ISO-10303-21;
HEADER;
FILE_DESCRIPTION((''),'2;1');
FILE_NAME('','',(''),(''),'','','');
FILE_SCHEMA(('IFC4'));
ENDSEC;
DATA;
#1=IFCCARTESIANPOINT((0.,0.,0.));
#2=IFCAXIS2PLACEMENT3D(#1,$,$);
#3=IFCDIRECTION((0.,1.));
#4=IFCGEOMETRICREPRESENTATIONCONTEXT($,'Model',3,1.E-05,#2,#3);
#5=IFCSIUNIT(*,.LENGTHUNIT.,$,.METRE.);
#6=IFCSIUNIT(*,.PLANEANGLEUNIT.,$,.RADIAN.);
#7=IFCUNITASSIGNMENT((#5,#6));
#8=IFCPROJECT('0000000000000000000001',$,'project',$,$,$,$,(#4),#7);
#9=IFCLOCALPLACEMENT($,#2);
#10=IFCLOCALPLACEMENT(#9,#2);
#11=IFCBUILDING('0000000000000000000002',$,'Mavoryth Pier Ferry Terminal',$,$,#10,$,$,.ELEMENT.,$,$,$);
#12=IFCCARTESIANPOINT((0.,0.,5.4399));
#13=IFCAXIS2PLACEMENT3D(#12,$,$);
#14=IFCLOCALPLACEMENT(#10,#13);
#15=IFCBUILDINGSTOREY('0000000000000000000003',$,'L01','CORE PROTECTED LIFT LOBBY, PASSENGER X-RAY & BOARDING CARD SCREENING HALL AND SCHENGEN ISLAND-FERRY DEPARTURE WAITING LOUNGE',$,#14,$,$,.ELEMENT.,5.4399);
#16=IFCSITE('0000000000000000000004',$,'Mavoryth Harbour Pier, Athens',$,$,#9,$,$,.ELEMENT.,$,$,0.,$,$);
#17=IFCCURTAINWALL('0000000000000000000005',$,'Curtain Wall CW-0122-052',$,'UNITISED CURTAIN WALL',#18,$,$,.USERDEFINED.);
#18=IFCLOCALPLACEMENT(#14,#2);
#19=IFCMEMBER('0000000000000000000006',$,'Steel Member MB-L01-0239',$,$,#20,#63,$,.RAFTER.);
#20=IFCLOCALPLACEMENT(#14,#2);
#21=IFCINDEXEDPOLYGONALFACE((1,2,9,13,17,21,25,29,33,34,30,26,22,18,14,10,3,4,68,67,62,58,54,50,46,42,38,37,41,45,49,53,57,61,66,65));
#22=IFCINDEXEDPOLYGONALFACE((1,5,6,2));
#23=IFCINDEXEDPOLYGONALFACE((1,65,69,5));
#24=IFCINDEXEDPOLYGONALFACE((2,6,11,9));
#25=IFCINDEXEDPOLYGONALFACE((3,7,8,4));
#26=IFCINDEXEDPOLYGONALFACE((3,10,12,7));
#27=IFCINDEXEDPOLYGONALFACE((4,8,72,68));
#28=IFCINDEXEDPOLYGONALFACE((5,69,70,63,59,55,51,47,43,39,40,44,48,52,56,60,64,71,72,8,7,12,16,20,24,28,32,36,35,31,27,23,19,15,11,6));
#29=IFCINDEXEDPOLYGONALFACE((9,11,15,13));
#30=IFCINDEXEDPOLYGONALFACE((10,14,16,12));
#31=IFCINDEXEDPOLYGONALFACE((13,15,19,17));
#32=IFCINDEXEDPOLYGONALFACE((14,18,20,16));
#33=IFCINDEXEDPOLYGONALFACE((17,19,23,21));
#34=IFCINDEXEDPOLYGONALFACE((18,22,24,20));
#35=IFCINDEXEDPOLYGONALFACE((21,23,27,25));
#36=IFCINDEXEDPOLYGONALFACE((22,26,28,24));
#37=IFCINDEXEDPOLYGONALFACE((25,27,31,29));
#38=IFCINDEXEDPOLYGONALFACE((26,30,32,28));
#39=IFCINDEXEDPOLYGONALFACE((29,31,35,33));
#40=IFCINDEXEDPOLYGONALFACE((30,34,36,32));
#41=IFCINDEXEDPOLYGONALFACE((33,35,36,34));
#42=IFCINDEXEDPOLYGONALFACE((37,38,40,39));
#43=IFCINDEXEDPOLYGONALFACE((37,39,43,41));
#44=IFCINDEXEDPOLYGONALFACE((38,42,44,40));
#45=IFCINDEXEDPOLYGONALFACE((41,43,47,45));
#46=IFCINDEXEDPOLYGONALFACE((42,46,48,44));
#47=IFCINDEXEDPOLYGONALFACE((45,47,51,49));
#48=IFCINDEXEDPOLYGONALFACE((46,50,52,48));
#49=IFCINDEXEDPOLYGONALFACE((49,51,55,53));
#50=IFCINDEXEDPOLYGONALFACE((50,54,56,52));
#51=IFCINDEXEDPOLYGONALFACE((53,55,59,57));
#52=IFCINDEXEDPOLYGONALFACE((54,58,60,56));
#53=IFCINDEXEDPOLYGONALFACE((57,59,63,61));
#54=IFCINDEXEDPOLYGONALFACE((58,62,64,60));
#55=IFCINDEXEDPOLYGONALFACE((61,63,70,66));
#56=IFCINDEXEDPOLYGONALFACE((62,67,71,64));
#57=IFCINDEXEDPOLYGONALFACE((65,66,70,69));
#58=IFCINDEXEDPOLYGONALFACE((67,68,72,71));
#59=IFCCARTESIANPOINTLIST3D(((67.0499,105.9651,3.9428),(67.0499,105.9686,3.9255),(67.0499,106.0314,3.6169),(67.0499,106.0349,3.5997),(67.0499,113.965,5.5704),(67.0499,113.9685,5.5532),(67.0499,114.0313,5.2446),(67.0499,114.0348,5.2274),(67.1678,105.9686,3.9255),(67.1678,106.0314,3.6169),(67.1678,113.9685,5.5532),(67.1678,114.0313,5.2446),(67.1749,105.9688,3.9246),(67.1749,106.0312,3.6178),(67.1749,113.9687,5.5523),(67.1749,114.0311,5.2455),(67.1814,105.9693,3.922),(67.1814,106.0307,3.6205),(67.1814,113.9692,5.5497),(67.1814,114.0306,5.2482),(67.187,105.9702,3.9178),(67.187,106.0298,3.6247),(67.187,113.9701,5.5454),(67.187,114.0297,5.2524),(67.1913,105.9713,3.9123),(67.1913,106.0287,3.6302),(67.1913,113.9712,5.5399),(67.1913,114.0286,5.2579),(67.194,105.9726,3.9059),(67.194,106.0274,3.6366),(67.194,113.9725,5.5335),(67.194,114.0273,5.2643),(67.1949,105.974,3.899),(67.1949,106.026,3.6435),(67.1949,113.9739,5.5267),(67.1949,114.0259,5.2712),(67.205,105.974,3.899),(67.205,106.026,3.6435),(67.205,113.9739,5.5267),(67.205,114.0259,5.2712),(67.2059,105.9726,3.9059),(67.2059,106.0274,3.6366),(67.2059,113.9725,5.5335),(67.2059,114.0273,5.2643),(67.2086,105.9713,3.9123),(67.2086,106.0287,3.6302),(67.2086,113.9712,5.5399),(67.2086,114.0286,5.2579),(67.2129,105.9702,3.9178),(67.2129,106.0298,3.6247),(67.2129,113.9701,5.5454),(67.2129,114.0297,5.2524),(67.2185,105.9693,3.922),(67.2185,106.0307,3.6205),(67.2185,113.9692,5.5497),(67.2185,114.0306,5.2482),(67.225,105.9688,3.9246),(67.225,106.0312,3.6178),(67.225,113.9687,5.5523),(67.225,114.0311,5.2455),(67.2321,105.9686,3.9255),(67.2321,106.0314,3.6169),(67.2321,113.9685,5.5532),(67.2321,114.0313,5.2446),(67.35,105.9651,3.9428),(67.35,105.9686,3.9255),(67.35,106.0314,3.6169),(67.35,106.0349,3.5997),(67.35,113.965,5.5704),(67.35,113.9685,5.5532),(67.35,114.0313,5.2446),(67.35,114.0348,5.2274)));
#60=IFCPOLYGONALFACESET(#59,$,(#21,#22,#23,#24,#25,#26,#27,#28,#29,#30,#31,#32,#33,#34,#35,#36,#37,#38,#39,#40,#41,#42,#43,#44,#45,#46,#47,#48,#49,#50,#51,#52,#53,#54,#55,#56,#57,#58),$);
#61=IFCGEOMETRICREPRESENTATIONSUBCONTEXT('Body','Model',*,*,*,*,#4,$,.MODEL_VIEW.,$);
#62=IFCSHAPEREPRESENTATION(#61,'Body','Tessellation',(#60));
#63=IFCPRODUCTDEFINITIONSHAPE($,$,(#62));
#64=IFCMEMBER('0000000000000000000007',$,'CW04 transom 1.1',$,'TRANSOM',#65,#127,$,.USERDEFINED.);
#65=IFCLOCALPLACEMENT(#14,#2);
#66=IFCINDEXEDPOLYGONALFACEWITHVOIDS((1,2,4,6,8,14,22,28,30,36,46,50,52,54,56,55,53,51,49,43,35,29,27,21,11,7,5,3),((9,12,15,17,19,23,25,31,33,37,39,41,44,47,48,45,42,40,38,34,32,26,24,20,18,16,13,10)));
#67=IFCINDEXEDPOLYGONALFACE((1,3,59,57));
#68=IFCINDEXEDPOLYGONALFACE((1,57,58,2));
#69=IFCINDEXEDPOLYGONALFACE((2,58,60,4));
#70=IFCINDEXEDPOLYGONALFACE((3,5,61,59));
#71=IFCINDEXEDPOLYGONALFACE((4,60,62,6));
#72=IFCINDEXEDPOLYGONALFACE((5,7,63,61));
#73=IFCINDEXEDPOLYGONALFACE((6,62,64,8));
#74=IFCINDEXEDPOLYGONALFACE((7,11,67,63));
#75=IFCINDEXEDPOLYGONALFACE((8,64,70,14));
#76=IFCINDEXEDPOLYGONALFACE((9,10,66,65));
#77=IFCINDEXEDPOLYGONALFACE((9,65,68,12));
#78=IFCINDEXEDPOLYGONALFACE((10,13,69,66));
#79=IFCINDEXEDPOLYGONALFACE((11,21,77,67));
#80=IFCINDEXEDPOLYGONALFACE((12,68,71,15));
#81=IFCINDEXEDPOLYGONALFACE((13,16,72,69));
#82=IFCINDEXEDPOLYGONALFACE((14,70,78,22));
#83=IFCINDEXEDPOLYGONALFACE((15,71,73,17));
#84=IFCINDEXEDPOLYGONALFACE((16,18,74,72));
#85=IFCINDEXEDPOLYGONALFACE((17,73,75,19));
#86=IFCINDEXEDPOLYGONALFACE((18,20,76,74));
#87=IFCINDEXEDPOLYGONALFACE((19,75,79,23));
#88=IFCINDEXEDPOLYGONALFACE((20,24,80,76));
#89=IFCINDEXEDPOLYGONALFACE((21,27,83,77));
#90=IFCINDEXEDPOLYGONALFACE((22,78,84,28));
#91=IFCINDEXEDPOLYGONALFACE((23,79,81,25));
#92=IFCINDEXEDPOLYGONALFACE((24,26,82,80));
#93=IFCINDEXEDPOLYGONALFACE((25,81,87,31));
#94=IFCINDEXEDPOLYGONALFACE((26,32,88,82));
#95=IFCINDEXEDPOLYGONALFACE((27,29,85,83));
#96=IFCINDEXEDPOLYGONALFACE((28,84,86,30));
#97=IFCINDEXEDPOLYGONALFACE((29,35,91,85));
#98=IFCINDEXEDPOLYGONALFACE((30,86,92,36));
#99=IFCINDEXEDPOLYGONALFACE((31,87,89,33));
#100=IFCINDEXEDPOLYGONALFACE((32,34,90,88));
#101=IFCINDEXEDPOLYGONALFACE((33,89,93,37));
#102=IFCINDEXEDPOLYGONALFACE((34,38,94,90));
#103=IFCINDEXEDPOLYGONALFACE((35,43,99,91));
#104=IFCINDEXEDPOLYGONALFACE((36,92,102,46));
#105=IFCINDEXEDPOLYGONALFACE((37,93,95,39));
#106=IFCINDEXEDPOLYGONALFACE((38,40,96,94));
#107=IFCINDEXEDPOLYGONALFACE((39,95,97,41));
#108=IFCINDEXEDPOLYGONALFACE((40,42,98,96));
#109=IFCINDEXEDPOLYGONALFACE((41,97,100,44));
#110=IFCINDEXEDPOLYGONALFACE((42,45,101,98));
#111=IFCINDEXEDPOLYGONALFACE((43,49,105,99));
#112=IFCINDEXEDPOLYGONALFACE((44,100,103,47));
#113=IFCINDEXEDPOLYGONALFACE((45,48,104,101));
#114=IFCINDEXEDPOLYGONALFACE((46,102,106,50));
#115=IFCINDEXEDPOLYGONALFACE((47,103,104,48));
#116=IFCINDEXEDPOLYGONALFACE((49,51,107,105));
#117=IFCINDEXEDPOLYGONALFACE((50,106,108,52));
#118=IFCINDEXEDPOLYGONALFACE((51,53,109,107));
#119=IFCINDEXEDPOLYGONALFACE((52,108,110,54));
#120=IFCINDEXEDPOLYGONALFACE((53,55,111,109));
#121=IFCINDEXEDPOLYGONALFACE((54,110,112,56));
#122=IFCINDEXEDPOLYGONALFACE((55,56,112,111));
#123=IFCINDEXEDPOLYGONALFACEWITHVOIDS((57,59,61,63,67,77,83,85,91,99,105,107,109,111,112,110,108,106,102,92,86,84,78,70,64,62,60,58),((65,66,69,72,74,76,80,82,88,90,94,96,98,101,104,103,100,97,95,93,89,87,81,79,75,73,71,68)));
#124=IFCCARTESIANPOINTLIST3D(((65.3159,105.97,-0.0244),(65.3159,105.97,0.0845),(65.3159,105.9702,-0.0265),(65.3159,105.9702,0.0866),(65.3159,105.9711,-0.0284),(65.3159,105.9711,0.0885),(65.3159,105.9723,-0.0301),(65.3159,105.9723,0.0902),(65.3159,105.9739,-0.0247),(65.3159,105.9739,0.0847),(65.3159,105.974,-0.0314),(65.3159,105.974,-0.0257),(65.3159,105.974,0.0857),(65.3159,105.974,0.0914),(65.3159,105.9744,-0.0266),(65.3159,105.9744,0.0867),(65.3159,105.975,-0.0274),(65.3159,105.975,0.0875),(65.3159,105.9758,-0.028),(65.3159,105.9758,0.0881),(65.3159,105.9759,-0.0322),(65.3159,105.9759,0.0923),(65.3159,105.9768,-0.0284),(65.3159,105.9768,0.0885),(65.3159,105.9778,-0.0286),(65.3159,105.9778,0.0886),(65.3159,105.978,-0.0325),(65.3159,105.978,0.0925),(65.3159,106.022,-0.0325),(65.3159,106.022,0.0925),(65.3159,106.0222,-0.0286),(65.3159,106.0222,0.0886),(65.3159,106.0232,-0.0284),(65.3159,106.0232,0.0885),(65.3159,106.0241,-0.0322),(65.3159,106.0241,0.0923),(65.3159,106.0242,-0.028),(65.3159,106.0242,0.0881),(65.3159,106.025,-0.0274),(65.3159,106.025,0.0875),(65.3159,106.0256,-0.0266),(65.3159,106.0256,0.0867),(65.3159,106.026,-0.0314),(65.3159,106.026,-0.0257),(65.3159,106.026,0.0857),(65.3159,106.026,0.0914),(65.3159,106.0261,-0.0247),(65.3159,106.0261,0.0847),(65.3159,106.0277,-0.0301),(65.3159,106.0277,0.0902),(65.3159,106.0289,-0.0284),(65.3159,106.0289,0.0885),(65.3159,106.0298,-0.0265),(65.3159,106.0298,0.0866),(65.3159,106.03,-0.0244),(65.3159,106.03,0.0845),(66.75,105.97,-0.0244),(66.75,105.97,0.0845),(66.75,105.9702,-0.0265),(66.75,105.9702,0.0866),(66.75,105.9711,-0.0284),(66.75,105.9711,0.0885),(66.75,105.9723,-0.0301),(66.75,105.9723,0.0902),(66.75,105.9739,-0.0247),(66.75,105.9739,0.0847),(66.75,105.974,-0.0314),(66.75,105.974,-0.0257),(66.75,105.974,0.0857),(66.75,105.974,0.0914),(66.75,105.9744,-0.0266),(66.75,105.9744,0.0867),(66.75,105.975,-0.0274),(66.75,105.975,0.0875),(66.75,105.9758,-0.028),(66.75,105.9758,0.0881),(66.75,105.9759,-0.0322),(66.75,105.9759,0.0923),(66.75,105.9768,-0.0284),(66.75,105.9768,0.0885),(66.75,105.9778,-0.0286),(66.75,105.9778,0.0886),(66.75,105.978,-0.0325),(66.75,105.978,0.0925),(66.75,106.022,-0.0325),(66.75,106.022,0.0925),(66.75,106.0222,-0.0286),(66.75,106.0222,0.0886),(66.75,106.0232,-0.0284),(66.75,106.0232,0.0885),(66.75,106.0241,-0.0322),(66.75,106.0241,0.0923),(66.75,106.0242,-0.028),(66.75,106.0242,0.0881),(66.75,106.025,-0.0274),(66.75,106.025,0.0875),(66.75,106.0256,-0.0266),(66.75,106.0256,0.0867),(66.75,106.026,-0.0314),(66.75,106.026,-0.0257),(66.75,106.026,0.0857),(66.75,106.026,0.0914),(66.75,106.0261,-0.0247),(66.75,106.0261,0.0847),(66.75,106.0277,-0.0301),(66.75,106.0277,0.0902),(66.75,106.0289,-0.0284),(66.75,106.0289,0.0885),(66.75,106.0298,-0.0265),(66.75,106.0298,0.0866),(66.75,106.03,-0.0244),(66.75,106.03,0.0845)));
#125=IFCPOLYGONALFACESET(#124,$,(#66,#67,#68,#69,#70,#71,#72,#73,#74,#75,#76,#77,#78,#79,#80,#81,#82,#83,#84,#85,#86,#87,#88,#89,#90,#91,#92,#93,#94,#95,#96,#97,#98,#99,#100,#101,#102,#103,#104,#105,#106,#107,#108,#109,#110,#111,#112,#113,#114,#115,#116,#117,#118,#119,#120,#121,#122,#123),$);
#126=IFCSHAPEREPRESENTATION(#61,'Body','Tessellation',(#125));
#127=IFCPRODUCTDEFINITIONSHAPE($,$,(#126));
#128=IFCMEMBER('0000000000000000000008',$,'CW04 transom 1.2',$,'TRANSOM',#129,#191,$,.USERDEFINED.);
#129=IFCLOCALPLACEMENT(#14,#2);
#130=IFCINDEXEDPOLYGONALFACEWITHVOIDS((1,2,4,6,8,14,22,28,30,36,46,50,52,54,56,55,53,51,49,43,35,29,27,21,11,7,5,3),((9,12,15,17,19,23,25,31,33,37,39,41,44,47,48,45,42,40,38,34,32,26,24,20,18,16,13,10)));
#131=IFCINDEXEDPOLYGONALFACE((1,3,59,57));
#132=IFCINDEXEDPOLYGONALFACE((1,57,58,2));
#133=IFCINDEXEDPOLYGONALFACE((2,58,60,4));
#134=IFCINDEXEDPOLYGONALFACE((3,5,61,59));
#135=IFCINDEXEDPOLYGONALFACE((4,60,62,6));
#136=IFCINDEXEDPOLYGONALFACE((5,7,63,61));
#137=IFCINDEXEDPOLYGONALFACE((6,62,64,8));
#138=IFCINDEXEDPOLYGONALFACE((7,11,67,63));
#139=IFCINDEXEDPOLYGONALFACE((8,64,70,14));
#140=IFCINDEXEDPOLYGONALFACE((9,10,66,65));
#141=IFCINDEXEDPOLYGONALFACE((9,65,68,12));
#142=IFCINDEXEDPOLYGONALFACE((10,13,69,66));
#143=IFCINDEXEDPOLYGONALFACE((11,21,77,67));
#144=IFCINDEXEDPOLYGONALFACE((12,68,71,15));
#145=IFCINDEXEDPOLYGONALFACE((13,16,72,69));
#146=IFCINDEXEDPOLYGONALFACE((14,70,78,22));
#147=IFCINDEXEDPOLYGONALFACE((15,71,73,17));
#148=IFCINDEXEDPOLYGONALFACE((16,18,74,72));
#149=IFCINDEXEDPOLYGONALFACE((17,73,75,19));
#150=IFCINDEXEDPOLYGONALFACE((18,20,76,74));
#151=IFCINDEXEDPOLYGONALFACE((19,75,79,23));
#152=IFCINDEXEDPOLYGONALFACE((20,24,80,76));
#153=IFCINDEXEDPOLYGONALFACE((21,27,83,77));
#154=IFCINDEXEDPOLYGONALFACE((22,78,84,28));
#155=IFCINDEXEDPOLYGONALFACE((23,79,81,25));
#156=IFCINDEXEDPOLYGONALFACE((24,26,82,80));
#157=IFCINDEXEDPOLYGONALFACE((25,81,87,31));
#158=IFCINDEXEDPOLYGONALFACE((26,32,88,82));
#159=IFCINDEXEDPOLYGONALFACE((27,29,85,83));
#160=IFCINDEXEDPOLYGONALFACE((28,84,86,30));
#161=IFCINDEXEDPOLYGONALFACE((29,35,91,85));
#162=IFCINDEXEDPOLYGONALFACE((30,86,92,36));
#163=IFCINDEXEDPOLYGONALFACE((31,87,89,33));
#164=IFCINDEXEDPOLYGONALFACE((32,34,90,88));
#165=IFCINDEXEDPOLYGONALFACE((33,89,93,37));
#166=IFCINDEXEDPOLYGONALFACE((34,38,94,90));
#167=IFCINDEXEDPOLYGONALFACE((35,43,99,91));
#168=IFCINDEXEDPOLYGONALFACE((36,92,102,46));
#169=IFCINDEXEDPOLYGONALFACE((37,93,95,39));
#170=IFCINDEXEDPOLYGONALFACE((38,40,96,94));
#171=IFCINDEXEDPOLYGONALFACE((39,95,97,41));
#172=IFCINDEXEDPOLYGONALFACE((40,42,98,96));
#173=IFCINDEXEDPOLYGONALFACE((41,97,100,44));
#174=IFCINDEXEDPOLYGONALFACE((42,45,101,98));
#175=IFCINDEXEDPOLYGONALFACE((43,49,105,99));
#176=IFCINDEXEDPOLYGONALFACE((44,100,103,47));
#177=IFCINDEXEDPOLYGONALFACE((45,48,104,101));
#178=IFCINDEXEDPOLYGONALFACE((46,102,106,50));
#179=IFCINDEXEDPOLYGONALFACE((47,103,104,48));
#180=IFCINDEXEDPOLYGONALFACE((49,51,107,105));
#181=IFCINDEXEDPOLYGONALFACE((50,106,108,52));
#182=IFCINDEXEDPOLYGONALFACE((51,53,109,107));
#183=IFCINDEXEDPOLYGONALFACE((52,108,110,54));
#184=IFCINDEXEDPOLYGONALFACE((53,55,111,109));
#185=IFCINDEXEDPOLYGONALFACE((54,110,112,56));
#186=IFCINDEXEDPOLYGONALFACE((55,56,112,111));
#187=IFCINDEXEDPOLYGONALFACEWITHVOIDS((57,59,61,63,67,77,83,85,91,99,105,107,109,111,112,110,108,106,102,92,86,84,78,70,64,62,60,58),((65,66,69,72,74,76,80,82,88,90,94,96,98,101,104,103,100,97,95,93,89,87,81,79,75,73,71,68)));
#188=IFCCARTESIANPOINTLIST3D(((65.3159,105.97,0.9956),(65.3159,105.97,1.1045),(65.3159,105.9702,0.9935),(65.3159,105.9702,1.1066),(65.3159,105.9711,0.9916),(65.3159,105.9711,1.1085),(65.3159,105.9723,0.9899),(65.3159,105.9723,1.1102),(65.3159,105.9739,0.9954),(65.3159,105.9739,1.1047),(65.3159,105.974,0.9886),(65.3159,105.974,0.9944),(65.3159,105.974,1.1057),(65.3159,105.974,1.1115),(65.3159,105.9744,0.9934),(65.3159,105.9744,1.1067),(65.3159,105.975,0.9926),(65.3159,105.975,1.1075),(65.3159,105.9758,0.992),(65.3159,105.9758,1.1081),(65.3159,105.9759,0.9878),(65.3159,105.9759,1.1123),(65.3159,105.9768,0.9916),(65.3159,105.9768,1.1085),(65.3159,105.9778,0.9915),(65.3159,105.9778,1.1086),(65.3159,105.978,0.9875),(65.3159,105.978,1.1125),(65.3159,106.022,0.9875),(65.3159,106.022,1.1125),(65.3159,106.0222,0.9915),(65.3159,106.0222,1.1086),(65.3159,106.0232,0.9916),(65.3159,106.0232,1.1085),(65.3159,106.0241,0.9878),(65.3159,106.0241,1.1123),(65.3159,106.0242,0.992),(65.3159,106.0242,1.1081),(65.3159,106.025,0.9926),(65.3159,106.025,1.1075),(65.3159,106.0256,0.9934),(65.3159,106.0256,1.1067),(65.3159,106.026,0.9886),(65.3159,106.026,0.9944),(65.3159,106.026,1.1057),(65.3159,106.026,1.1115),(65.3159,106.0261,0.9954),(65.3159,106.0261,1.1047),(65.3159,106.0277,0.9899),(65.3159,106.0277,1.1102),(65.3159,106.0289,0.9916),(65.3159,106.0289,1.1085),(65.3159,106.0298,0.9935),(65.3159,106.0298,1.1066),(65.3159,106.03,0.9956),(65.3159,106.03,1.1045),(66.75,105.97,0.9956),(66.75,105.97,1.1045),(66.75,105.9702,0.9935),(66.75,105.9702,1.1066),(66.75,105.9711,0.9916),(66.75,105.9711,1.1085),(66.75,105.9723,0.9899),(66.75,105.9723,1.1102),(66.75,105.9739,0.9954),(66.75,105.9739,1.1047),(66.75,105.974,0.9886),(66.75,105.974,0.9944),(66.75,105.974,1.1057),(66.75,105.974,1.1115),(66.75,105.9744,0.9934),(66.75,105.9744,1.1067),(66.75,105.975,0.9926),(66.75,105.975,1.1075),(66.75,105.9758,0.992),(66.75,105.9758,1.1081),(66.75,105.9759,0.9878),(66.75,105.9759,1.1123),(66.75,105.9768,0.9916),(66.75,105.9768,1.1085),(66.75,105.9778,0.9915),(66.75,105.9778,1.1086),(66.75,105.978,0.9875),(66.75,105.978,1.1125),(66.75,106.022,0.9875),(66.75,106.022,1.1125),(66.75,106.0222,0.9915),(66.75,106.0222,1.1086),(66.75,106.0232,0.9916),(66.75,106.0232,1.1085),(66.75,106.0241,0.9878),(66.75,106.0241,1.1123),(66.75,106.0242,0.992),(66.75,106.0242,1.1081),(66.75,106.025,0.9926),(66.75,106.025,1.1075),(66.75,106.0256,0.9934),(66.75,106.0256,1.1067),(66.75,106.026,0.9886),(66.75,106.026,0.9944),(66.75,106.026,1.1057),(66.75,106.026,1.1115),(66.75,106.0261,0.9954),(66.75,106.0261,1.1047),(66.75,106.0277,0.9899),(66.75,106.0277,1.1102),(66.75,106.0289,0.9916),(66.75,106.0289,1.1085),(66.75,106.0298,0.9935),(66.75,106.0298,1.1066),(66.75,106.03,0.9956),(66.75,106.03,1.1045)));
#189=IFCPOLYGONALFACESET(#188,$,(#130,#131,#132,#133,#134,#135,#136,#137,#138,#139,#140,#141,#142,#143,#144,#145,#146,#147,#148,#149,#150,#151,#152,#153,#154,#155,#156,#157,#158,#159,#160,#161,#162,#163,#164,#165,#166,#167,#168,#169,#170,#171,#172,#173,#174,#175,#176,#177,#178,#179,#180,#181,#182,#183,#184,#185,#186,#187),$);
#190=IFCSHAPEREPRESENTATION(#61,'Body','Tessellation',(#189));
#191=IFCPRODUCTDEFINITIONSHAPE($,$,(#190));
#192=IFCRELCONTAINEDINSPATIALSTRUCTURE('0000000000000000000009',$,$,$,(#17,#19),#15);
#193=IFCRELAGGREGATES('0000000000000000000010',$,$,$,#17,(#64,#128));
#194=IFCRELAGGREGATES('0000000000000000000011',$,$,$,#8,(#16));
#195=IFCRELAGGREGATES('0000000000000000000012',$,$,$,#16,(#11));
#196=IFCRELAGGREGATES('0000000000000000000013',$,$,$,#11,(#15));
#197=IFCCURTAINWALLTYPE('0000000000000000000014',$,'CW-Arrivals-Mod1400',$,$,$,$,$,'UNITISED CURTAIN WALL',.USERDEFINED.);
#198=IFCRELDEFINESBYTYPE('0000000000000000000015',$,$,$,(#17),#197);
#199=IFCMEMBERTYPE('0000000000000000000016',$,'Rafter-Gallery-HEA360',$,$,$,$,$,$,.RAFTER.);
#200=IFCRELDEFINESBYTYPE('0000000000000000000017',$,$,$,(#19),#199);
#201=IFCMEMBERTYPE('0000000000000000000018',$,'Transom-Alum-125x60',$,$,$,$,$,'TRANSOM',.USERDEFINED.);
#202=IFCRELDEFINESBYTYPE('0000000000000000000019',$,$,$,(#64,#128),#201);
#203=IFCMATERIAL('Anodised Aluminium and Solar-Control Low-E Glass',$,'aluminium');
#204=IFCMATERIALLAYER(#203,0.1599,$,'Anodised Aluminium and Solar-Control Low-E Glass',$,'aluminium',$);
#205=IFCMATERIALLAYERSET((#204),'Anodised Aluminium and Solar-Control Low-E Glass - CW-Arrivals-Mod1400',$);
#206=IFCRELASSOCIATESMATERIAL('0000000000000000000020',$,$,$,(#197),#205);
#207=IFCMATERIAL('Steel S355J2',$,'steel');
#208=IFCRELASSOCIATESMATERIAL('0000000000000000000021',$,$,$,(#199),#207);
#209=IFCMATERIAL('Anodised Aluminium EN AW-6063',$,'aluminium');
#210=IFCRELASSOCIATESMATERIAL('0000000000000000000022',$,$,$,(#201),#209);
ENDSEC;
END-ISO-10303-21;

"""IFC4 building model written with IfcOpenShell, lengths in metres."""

from ifc_helpers import new_model, si_unit, direction, frame, origin, origin_2d, place, context, subcontext, project, spatial, hollow_rectangle, i_section, extrude, material, layer, layer_set, material_profile, profile_set, type_object, element, aggregate, save


model = new_model("IFC4")

# Units and contexts
model_context = context("Model", 3, precision=1e-05, world=origin(), true_north=direction((0.0, 1.0)))
body_context = subcontext(model_context, "Body", "Model", "MODEL_VIEW")
ifc_project = project(units=[si_unit("LENGTHUNIT", "METRE"), si_unit("PLANEANGLEUNIT", "RADIAN")], contexts=[model_context])

# Site, building, storey
site_placement = place(None, origin())
site = spatial("IfcSite", under=ifc_project, at=site_placement, Name="Mavoryth Harbour Pier, Athens", CompositionType="ELEMENT", RefElevation=0.0)
building_placement = place(site_placement, origin())
building = spatial("IfcBuilding", under=site, at=building_placement, Name="Mavoryth Pier Ferry Terminal", CompositionType="ELEMENT")
storey_placement = place(building_placement, frame((0.0, 0.0, 5.4399)))
storey = spatial("IfcBuildingStorey", under=building, at=storey_placement, Name="L01", Description="CORE PROTECTED LIFT LOBBY, PASSENGER X-RAY & BOARDING CARD SCREENING HALL AND SCHENGEN ISLAND-FERRY DEPARTURE WAITING LOUNGE", CompositionType="ELEMENT", Elevation=5.4399)

# Shared definitions
ifc_material_1 = material(Name="Steel S355J2", Category="steel")

# Curtain wall
ifc_material_2 = material(Name="Anodised Aluminium and Solar-Control Low-E Glass", Category="aluminium")
ifc_layer_1 = layer(ifc_material_2, 0.1599, Name="Anodised Aluminium and Solar-Control Low-E Glass", Category="aluminium")
ifc_layer_set_1 = layer_set([ifc_layer_1], Name="Anodised Aluminium and Solar-Control Low-E Glass - CW-Arrivals-Mod1400")
curtain_wall_type = type_object("IfcCurtainWallType", Name="CW-Arrivals-Mod1400", ElementType="UNITISED CURTAIN WALL", PredefinedType="USERDEFINED", material=ifc_layer_set_1)
curtain_wall_placement = place(storey_placement, origin())
curtain_wall = element("IfcCurtainWall", 1, at=curtain_wall_placement, inside=storey, type_object=curtain_wall_type, Name="Curtain Wall CW-0122-052", ObjectType="UNITISED CURTAIN WALL", PredefinedType="USERDEFINED")
ifc_material_3 = material(Name="Anodised Aluminium EN AW-6063", Category="aluminium")

# Member
ifc_material_profile_1 = material_profile(ifc_material_1, i_section(OverallWidth=0.3, OverallDepth=0.3501, WebThickness=0.01, FlangeThickness=0.0176, FilletRadius=0.0271, at=origin_2d()), Name="HEA 360", Category="steel")
ifc_profile_set_1 = profile_set([ifc_material_profile_1], Name="Steel S355J2 - HEA 360")
member_type_1 = type_object("IfcMemberType", Name="Rafter-Gallery-HEA360", PredefinedType="RAFTER", material=ifc_profile_set_1)
member_1_placement = place(storey_placement, frame((67.2, 106.0, 3.7712), z_axis=(0.0, 0.979923, 0.199376), x_axis=(-1.0, 0.0, 0.0)))
element("IfcMember", 2, at=member_1_placement, inside=storey, type_object=member_type_1, Name="Steel Member MB-L01-0239", PredefinedType="RAFTER", context=body_context, shape_type="SweptSolid", body=[
    extrude(i_section(OverallWidth=0.3, OverallDepth=0.3501, WebThickness=0.01, FlangeThickness=0.0176, FilletRadius=0.0271, at=origin_2d()), origin(), (0.0, 0.0, 1.0), 8.1638),
])

# Members
ifc_material_profile_2 = material_profile(ifc_material_3, hollow_rectangle(XDim=0.0601, YDim=0.125, WallThickness=0.0039, InnerFilletRadius=0.0039, OuterFilletRadius=0.0081, at=origin_2d()), Name="AL-TRAN 125x60x4", Category="aluminium")
ifc_profile_set_2 = profile_set([ifc_material_profile_2], Name="Anodised Aluminium EN AW-6063 - AL-TRAN 125x60x4")
member_type_2 = type_object("IfcMemberType", Name="Transom-Alum-125x60", ElementType="TRANSOM", PredefinedType="USERDEFINED", material=ifc_profile_set_2)
member_2_placement = place(storey_placement, frame((66.75, 106.0, 0.03), z_axis=(-1.0, 0.0, 0.0), x_axis=(0.0, -1.0, 0.0)))
member_2 = element("IfcMember", 3, at=member_2_placement, type_object=member_type_2, Name="CW04 transom 1.1", ObjectType="TRANSOM", PredefinedType="USERDEFINED", context=body_context, shape_type="SweptSolid", body=[
    extrude(hollow_rectangle(XDim=0.0601, YDim=0.125, WallThickness=0.0039, InnerFilletRadius=0.0039, OuterFilletRadius=0.0081, at=origin_2d()), origin(), (0.0, 0.0, 1.0), 1.4341),
])
member_3_placement = place(storey_placement, frame((66.75, 106.0, 1.05), z_axis=(-1.0, 0.0, 0.0), x_axis=(0.0, -1.0, 0.0)))
member_3 = element("IfcMember", 4, at=member_3_placement, type_object=member_type_2, Name="CW04 transom 1.2", ObjectType="TRANSOM", PredefinedType="USERDEFINED", context=body_context, shape_type="SweptSolid", body=[
    extrude(hollow_rectangle(XDim=0.0601, YDim=0.125, WallThickness=0.0039, InnerFilletRadius=0.0039, OuterFilletRadius=0.0081, at=origin_2d()), origin(), (0.0, 0.0, 1.0), 1.4341),
])

aggregate(curtain_wall, [member_2, member_3])

save(model, "model.ifc")
